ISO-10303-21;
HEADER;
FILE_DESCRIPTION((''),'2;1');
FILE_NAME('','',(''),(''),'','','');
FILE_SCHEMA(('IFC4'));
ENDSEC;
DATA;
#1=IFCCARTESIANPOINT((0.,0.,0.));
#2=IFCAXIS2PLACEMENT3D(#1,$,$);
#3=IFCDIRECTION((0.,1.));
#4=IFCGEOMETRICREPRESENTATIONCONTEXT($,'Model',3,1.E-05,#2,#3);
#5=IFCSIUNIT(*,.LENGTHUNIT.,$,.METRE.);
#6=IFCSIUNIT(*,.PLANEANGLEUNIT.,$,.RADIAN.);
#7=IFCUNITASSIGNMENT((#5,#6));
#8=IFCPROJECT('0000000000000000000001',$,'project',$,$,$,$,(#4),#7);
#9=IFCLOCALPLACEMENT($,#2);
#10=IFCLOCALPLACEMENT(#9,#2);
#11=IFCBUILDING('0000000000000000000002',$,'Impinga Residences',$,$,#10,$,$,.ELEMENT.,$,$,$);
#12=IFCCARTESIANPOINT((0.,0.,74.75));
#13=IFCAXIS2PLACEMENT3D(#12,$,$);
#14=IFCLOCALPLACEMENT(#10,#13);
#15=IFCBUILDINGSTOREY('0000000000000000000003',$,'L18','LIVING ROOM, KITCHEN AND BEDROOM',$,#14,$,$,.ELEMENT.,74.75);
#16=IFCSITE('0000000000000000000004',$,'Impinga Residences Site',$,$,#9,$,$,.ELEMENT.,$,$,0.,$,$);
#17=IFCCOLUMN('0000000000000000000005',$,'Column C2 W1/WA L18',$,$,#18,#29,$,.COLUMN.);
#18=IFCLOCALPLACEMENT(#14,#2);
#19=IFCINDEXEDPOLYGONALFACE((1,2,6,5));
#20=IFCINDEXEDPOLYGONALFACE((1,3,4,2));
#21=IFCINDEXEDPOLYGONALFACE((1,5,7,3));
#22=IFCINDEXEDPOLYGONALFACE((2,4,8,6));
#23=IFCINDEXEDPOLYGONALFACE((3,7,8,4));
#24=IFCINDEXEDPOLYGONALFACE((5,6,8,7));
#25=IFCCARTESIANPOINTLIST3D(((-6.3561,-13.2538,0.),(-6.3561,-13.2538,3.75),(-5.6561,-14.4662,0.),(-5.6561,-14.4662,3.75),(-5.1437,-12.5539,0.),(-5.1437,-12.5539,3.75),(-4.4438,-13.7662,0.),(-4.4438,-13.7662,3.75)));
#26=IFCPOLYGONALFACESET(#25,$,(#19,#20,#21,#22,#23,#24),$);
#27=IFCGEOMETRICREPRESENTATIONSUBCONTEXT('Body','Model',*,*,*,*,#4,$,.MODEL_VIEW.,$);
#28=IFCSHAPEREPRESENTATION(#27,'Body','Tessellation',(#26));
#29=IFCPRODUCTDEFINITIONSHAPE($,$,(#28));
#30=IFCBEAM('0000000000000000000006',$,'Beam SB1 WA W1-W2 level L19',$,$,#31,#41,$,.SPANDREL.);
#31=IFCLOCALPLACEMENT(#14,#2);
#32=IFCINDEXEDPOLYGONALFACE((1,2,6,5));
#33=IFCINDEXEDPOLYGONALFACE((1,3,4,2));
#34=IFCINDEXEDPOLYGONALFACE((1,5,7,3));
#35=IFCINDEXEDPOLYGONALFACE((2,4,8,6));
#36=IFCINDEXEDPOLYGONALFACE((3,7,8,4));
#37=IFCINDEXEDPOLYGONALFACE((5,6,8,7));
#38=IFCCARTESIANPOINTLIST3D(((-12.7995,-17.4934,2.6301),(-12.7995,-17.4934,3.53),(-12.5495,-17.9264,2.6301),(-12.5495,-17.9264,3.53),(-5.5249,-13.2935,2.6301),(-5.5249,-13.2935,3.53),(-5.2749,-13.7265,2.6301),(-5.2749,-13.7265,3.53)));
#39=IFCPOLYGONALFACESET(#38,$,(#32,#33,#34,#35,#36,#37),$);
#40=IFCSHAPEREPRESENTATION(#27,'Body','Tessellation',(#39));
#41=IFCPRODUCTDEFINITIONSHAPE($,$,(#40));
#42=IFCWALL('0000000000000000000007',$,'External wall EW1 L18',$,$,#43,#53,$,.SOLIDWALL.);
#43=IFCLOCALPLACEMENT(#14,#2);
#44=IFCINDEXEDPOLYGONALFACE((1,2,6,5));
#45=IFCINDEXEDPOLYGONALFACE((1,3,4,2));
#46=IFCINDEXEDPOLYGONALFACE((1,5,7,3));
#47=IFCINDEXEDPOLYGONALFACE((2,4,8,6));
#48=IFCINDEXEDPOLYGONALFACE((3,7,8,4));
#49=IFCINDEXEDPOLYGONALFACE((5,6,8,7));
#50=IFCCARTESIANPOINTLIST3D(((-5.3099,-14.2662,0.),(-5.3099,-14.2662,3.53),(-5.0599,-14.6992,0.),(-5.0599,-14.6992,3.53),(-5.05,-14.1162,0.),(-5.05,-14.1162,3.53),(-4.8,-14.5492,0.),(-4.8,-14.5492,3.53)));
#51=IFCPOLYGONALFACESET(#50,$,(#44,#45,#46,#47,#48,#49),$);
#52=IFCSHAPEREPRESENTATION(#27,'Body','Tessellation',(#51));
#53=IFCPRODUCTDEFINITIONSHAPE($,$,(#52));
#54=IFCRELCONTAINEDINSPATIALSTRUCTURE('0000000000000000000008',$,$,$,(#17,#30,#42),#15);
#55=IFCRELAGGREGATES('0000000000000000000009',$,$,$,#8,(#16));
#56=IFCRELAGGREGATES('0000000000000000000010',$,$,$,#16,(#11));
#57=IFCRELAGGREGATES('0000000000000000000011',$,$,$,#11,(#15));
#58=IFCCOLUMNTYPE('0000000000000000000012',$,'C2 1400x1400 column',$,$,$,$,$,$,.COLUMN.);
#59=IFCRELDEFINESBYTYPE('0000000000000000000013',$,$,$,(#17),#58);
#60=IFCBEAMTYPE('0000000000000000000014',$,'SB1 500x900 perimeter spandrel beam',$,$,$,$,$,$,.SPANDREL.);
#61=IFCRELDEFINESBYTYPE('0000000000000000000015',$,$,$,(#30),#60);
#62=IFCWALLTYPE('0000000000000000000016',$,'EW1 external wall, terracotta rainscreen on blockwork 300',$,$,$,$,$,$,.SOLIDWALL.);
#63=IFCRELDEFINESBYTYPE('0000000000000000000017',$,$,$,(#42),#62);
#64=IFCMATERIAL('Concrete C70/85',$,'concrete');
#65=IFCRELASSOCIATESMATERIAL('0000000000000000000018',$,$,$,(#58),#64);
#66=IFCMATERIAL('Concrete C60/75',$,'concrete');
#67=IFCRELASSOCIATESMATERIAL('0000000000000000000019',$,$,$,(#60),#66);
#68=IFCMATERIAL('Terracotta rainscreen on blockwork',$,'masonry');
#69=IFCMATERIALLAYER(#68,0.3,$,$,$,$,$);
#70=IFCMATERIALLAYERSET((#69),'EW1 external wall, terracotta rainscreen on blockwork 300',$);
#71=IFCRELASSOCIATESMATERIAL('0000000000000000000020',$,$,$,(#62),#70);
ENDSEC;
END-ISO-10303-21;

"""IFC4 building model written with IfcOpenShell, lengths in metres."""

from ifc_helpers import new_model, si_unit, direction, frame, frame_2d, origin, origin_2d, place, context, subcontext, project, spatial, rectangle, extrude, material, layer, layer_set, material_profile, profile_set, type_object, element, save


model = new_model("IFC4")

# Units and contexts
model_context = context("Model", 3, precision=1e-05, world=origin(), true_north=direction((0.0, 1.0)))
body_context = subcontext(model_context, "Body", "Model", "MODEL_VIEW")
ifc_project = project(units=[si_unit("LENGTHUNIT", "METRE"), si_unit("PLANEANGLEUNIT", "RADIAN")], contexts=[model_context])

# Site, building, storey
site_placement = place(None, origin())
site = spatial("IfcSite", under=ifc_project, at=site_placement, Name="Impinga Residences Site", CompositionType="ELEMENT", RefElevation=0.0)
building_placement = place(site_placement, origin())
building = spatial("IfcBuilding", under=site, at=building_placement, Name="Impinga Residences", CompositionType="ELEMENT")
storey_placement = place(building_placement, frame((0.0, 0.0, 74.75)))
storey = spatial("IfcBuildingStorey", under=building, at=storey_placement, Name="L18", Description="LIVING ROOM, KITCHEN AND BEDROOM", CompositionType="ELEMENT", Elevation=74.75)

# Column
ifc_material_1 = material(Name="Concrete C70/85", Category="concrete")
ifc_material_profile_1 = material_profile(ifc_material_1, rectangle(XDim=1.3999, YDim=1.3999, at=origin_2d()), Name="RC 1400x1400")
ifc_profile_set_1 = profile_set([ifc_material_profile_1], Name="Concrete C70/85")
column_type = type_object("IfcColumnType", Name="C2 1400x1400 column", PredefinedType="COLUMN", material=ifc_profile_set_1)
column_placement = place(storey_placement, frame((-5.3999, -13.51, 0.0), z_axis=(0.0, 0.0, 1.0), x_axis=(-0.5, 0.866025, 0.0)))
element("IfcColumn", 1, at=column_placement, inside=storey, type_object=column_type, Name="Column C2 W1/WA L18", PredefinedType="COLUMN", context=body_context, shape_type="SweptSolid", body=[
    extrude(rectangle(XDim=1.3999, YDim=1.3999, at=origin_2d()), origin(), (0.0, 0.0, 1.0), 3.75),
])

# Beam
ifc_material_2 = material(Name="Concrete C60/75", Category="concrete")
ifc_material_profile_2 = material_profile(ifc_material_2, rectangle(XDim=0.5, YDim=0.8999, at=origin_2d()), Name="RC 500x900")
ifc_profile_set_2 = profile_set([ifc_material_profile_2], Name="Concrete C60/75")
beam_type = type_object("IfcBeamType", Name="SB1 500x900 perimeter spandrel beam", PredefinedType="SPANDREL", material=ifc_profile_set_2)
beam_placement = place(storey_placement, frame((-5.3999, -13.51, 3.0801), z_axis=(-0.866029, -0.499993, 0.0), x_axis=(0.499993, -0.866029, 0.0)))
element("IfcBeam", 2, at=beam_placement, inside=storey, type_object=beam_type, Name="Beam SB1 WA W1-W2 level L19", PredefinedType="SPANDREL", context=body_context, shape_type="SweptSolid", body=[
    extrude(rectangle(XDim=0.5, YDim=0.8999, at=origin_2d()), origin(), (0.0, 0.0, 1.0), 8.3999),
])

# Wall
ifc_material_3 = material(Name="Terracotta rainscreen on blockwork", Category="masonry")
ifc_layer_1 = layer(ifc_material_3, 0.3)
ifc_layer_set_1 = layer_set([ifc_layer_1], Name="EW1 external wall, terracotta rainscreen on blockwork 300")
wall_type_1 = type_object("IfcWallType", Name="EW1 external wall, terracotta rainscreen on blockwork 300", PredefinedType="SOLIDWALL", material=ifc_layer_set_1)
wall_1_placement = place(storey_placement, frame((-5.1799, -14.1912, 0.0), z_axis=(0.0, 0.0, 1.0), x_axis=(0.49992, -0.866072, 0.0)))
element("IfcWall", 3, at=wall_1_placement, inside=storey, type_object=wall_type_1, Name="External wall EW1 L18", PredefinedType="SOLIDWALL", context=body_context, shape_type="SweptSolid", body=[
    extrude(rectangle(XDim=0.5, YDim=0.3, at=frame_2d((0.25, 0.0))), origin(), (0.0, 0.0, 1.0), 3.53),
])

save(model, "model.ifc")
